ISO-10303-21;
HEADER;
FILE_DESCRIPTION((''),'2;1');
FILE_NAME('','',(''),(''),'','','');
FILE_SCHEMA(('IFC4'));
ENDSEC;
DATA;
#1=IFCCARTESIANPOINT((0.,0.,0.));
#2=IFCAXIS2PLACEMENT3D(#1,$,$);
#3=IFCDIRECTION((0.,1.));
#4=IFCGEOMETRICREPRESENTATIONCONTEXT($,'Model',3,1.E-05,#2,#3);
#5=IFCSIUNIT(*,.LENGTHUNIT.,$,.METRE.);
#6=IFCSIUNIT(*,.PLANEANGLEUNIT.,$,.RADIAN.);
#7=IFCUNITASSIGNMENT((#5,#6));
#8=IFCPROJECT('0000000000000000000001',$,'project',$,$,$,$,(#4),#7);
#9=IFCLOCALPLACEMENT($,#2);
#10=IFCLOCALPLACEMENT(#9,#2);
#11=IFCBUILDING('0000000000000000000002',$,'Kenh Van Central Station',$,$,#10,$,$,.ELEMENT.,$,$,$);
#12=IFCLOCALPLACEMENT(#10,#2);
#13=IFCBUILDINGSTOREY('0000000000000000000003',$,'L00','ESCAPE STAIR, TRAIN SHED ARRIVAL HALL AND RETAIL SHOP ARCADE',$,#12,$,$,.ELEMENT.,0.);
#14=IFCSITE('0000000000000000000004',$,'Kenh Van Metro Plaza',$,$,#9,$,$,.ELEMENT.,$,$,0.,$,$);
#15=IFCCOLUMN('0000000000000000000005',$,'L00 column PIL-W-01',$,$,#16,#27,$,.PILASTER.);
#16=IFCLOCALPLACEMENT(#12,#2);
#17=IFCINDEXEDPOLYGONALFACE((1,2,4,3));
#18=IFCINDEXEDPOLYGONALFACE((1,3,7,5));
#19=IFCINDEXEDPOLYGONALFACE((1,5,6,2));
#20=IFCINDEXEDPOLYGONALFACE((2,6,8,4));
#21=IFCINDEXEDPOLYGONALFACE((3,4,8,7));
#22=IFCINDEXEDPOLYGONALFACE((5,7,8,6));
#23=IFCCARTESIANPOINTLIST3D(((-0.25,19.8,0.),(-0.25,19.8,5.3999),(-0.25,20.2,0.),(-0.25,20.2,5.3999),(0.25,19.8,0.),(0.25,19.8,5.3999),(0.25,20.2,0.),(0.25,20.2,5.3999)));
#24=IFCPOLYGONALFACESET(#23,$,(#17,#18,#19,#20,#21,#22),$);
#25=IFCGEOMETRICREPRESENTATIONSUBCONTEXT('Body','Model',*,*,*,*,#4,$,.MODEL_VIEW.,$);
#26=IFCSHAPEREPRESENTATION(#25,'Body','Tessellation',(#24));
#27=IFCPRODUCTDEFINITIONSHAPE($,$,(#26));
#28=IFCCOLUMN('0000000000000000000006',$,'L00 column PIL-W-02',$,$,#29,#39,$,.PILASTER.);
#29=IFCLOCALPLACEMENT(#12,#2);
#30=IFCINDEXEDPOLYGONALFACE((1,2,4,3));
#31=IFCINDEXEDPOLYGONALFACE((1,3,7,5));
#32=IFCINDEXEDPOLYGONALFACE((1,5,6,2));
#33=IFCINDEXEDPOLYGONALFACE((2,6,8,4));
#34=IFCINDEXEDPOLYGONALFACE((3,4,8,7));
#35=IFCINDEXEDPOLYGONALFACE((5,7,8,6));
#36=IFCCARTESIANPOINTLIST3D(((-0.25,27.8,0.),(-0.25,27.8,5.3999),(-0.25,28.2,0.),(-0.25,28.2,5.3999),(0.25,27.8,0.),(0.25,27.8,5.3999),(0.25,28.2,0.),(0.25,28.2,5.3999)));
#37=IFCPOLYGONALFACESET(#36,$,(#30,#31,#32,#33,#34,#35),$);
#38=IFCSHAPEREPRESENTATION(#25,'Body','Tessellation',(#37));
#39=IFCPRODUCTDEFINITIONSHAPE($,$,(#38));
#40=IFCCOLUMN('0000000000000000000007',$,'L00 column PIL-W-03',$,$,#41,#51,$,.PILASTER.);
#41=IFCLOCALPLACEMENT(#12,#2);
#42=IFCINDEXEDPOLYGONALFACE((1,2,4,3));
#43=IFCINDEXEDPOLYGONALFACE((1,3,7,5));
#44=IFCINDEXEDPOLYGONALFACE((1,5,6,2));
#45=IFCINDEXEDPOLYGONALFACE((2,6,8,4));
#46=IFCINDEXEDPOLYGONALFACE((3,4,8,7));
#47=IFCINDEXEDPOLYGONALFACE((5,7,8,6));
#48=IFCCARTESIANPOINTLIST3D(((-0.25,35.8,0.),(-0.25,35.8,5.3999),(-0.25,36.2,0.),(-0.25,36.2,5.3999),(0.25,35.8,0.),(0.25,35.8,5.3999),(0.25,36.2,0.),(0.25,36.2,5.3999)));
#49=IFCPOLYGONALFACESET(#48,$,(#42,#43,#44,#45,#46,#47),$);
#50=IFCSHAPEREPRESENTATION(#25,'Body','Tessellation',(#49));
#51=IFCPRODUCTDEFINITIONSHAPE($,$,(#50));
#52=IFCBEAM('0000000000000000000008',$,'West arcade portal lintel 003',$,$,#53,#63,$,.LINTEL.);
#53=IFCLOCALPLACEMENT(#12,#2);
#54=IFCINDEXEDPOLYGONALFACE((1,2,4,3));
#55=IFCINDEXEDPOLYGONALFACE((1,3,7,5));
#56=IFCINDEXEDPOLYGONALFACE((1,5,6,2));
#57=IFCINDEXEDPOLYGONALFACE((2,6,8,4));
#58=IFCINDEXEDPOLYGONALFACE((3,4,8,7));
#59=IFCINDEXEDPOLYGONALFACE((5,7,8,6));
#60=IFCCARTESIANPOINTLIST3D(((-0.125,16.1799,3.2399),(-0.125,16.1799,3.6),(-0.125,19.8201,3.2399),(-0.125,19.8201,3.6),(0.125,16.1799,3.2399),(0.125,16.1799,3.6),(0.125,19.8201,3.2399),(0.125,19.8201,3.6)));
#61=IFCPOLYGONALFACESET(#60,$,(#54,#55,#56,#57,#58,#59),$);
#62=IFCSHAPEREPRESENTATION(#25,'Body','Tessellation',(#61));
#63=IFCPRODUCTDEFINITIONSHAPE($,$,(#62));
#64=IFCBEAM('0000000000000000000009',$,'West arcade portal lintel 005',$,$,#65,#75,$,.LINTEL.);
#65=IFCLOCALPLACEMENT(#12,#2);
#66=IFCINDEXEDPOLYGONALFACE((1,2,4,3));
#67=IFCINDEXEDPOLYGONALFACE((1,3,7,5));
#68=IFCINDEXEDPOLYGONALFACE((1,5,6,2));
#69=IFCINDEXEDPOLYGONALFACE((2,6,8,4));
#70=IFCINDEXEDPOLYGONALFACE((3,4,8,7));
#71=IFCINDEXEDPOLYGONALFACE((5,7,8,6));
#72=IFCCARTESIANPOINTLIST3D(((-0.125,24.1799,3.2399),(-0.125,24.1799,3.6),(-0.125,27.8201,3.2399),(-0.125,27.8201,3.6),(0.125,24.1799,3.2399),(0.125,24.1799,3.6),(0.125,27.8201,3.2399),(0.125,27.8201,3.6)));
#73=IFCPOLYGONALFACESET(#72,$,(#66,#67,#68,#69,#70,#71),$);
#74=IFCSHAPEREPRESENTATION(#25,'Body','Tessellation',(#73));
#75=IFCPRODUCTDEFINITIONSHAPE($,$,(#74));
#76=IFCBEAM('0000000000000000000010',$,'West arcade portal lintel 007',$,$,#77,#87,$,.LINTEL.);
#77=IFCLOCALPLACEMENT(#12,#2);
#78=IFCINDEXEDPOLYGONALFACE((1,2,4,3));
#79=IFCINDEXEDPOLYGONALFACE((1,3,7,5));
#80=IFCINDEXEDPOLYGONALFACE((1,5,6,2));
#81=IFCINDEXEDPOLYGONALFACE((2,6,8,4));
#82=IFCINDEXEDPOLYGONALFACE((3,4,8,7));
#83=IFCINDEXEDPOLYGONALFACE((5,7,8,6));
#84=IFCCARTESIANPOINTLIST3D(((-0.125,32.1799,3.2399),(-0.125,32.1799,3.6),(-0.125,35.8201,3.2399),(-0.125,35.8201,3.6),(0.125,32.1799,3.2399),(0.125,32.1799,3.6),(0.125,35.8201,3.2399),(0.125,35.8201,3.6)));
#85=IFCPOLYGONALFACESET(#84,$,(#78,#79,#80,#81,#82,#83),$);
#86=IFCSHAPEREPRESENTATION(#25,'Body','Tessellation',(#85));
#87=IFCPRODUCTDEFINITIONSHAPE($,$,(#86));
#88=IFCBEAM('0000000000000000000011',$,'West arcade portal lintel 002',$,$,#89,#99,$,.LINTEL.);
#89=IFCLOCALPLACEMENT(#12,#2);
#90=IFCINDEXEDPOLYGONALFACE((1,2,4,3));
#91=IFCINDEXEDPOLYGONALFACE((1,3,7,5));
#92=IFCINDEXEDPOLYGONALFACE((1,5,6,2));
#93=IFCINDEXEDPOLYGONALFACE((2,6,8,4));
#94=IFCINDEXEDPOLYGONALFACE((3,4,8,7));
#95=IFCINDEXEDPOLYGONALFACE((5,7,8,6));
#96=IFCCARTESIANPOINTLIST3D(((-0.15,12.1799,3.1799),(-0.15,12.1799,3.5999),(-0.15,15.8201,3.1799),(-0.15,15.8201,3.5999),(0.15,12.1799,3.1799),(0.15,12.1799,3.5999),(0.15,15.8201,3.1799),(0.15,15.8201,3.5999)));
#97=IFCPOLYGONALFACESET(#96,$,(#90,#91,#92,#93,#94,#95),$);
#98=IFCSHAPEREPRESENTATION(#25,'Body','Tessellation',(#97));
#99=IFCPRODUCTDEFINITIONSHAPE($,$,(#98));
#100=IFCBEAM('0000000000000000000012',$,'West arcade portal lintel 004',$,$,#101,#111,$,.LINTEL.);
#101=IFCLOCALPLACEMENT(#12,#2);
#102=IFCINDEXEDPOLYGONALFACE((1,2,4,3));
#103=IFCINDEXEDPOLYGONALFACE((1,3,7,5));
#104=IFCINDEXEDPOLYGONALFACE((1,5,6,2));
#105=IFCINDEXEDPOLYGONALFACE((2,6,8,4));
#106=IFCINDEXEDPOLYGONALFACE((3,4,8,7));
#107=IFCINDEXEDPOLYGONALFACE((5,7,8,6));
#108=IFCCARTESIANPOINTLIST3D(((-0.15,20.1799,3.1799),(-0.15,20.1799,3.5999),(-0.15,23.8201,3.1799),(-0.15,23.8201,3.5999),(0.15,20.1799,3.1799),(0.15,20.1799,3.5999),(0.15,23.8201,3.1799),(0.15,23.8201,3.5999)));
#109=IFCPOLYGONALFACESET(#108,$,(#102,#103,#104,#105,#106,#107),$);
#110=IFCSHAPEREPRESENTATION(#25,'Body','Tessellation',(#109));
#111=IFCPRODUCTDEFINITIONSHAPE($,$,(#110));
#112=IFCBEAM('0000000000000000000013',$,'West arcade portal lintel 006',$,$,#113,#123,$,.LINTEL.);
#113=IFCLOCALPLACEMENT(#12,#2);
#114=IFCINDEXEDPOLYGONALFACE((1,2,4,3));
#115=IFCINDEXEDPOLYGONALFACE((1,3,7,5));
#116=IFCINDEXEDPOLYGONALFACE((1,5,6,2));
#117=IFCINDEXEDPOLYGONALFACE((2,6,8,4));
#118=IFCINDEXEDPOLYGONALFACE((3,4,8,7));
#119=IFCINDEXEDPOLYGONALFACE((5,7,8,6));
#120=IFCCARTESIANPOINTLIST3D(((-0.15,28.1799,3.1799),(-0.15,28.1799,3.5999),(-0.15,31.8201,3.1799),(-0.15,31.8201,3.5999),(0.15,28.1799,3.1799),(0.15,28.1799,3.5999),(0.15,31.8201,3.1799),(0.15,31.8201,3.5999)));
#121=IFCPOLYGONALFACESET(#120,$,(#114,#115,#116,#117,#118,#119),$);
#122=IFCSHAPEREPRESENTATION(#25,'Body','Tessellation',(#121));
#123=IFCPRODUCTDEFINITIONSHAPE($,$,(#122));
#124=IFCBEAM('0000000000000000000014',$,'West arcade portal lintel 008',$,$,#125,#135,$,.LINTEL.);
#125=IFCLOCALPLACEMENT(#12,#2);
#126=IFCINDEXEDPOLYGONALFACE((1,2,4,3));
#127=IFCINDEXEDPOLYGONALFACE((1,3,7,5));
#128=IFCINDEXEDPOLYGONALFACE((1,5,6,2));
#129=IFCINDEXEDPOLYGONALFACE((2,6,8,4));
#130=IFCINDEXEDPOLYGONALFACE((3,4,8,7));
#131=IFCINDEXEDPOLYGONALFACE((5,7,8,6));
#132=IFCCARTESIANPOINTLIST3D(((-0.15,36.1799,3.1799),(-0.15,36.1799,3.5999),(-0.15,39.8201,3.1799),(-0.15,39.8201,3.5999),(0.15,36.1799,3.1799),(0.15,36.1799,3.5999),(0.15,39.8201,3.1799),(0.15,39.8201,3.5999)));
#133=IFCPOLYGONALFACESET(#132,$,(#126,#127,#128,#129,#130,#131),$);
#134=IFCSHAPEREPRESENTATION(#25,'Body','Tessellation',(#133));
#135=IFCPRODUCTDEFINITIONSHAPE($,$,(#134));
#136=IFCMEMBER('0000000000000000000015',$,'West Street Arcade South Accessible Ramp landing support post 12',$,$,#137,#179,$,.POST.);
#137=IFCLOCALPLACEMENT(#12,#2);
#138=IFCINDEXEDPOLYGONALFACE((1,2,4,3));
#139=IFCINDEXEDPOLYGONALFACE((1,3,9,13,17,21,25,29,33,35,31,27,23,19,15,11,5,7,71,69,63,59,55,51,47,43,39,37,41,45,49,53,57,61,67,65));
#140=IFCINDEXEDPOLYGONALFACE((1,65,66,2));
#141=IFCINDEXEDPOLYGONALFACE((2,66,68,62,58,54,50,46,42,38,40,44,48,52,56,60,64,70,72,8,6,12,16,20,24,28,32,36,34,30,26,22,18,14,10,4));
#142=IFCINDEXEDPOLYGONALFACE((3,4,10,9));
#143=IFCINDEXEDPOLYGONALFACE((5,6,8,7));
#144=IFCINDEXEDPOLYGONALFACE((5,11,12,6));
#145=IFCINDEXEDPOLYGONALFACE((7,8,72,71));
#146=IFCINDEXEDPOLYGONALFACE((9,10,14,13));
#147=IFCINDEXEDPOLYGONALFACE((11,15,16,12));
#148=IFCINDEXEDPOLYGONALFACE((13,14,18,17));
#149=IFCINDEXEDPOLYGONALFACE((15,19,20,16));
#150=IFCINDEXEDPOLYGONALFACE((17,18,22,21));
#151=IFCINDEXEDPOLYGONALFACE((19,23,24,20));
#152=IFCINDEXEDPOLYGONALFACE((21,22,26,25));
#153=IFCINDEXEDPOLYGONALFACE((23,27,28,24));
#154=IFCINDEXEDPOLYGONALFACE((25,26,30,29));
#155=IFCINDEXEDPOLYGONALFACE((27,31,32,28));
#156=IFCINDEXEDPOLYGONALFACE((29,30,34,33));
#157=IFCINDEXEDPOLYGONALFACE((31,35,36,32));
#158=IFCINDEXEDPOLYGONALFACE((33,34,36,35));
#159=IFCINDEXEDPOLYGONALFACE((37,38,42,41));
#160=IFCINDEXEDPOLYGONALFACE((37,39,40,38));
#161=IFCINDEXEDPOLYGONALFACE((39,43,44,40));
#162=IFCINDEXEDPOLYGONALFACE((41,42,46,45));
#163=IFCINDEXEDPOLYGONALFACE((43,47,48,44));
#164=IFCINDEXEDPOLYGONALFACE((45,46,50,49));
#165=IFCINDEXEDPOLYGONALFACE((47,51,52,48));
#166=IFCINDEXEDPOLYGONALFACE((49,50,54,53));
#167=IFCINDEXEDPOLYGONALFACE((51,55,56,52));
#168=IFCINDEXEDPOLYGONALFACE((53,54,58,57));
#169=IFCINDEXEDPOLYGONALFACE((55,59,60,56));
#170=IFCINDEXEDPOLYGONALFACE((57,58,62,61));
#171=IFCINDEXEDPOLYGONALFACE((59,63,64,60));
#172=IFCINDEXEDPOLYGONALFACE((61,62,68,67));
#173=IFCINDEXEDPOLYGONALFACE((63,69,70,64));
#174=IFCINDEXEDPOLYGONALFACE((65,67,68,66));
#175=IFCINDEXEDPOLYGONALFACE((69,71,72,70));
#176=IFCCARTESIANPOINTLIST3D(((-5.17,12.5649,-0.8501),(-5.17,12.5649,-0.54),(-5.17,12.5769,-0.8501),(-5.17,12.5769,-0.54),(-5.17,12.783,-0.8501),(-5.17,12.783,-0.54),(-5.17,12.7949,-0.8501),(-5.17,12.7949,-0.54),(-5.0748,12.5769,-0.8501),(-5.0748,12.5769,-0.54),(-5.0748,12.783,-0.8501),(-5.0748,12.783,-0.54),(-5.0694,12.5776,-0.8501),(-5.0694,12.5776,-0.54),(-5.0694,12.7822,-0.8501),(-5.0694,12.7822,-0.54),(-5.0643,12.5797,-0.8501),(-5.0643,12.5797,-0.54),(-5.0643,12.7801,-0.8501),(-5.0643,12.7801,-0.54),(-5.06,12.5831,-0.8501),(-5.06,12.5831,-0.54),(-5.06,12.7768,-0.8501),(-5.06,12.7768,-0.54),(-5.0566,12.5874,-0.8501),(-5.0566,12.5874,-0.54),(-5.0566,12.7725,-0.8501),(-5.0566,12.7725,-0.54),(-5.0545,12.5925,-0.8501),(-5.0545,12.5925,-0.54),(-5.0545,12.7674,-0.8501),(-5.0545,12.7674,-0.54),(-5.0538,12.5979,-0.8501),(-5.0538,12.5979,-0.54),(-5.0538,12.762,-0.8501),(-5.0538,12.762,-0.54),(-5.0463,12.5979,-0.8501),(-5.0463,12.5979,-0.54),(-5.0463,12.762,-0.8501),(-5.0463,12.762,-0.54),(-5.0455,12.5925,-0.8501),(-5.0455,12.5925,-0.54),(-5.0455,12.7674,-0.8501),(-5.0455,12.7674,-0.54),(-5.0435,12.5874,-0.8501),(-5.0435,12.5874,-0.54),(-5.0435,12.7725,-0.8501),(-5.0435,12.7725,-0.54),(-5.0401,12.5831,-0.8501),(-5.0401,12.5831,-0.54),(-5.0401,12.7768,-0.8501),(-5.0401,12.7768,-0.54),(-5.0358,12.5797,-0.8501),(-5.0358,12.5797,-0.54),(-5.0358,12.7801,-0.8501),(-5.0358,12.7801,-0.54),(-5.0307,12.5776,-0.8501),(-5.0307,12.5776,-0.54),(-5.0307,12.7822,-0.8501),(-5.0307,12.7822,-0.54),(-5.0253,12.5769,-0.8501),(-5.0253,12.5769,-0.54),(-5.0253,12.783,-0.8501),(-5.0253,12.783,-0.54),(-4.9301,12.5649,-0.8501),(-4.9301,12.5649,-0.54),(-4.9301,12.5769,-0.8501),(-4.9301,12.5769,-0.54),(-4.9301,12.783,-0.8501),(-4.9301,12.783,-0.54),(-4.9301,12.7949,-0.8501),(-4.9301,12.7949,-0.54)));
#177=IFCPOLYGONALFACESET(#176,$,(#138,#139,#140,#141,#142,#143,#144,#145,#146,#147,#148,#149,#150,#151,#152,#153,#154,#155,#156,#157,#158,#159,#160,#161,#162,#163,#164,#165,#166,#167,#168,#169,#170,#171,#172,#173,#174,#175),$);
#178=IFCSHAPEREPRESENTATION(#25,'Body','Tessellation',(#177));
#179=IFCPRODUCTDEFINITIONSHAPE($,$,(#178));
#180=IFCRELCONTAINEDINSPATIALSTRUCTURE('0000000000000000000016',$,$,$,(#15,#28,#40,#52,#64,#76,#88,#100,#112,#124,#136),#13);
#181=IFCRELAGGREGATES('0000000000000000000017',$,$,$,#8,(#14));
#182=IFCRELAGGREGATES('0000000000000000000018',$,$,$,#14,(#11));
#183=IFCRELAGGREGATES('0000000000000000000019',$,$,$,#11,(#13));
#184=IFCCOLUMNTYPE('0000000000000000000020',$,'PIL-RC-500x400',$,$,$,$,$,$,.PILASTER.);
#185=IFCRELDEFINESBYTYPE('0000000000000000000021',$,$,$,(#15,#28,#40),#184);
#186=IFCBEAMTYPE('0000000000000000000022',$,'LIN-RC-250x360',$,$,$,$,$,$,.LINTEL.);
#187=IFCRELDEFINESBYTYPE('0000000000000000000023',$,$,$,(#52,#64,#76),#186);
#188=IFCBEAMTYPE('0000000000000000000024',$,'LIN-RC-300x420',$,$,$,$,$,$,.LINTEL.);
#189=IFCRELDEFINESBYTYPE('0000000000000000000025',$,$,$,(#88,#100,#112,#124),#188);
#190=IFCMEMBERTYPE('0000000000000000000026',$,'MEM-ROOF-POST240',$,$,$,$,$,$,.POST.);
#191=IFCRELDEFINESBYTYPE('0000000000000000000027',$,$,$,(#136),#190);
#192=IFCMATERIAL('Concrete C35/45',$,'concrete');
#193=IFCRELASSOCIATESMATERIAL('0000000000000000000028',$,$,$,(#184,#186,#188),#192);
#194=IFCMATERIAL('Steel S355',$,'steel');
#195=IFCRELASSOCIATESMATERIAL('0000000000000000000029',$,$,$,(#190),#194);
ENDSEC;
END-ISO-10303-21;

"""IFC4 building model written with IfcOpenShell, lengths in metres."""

from ifc_helpers import new_model, si_unit, direction, frame, origin, origin_2d, place, context, subcontext, project, spatial, rectangle, i_section, extrude, material, material_profile, profile_set, type_object, element, save


model = new_model("IFC4")

# Units and contexts
model_context = context("Model", 3, precision=1e-05, world=origin(), true_north=direction((0.0, 1.0)))
body_context = subcontext(model_context, "Body", "Model", "MODEL_VIEW")
ifc_project = project(units=[si_unit("LENGTHUNIT", "METRE"), si_unit("PLANEANGLEUNIT", "RADIAN")], contexts=[model_context])

# Site, building, storey
site_placement = place(None, origin())
site = spatial("IfcSite", under=ifc_project, at=site_placement, Name="Kenh Van Metro Plaza", CompositionType="ELEMENT", RefElevation=0.0)
building_placement = place(site_placement, origin())
building = spatial("IfcBuilding", under=site, at=building_placement, Name="Kenh Van Central Station", CompositionType="ELEMENT")
storey_placement = place(building_placement, origin())
storey = spatial("IfcBuildingStorey", under=building, at=storey_placement, Name="L00", Description="ESCAPE STAIR, TRAIN SHED ARRIVAL HALL AND RETAIL SHOP ARCADE", CompositionType="ELEMENT", Elevation=0.0)

# Columns
ifc_material_1 = material(Name="Concrete C35/45", Category="concrete")
ifc_material_profile_1 = material_profile(ifc_material_1, rectangle(XDim=0.5, YDim=0.3999, at=origin_2d()), Name="RC 500x400")
ifc_profile_set_1 = profile_set([ifc_material_profile_1], Name="Concrete C35/45")
column_type_1 = type_object("IfcColumnType", Name="PIL-RC-500x400", PredefinedType="PILASTER", material=ifc_profile_set_1)
for number, where, z_axis, x_axis, name in (
    (1, (0.0, 20.0, 0.0), (0.0, 0.0, 1.0), (1.0, 0.0, 0.0), "L00 column PIL-W-01"),
    (2, (0.0, 28.0, 0.0), (0.0, 0.0, 1.0), (1.0, 0.0, 0.0), "L00 column PIL-W-02"),
    (3, (0.0, 36.0, 0.0), (0.0, 0.0, 1.0), (1.0, 0.0, 0.0), "L00 column PIL-W-03"),
):
    element("IfcColumn", number, at=place(storey_placement, frame(where, z_axis=z_axis, x_axis=x_axis)), inside=storey, type_object=column_type_1, Name=name, PredefinedType="PILASTER", context=body_context, shape_type="SweptSolid", body=[
        extrude(rectangle(XDim=0.5, YDim=0.3999, at=origin_2d()), origin(), (0.0, 0.0, 1.0), 5.3999),
    ])

# Beams
ifc_material_profile_2 = material_profile(ifc_material_1, rectangle(XDim=0.25, YDim=0.3601, at=origin_2d()), Name="RC 250x360")
ifc_profile_set_2 = profile_set([ifc_material_profile_2], Name="Concrete C35/45")
beam_type_1 = type_object("IfcBeamType", Name="LIN-RC-250x360", PredefinedType="LINTEL", material=ifc_profile_set_2)
for number, where, z_axis, x_axis, name in (
    (4, (0.0, 16.1799, 3.4199), (0.0, 1.0, 0.0), (-1.0, 0.0, 0.0), "West arcade portal lintel 003"),
    (5, (0.0, 24.1799, 3.4199), (0.0, 1.0, 0.0), (-1.0, 0.0, 0.0), "West arcade portal lintel 005"),
    (6, (0.0, 32.1799, 3.4199), (0.0, 1.0, 0.0), (-1.0, 0.0, 0.0), "West arcade portal lintel 007"),
):
    element("IfcBeam", number, at=place(storey_placement, frame(where, z_axis=z_axis, x_axis=x_axis)), inside=storey, type_object=beam_type_1, Name=name, PredefinedType="LINTEL", context=body_context, shape_type="SweptSolid", body=[
        extrude(rectangle(XDim=0.25, YDim=0.3601, at=origin_2d()), origin(), (0.0, 0.0, 1.0), 3.6401),
    ])
ifc_material_profile_3 = material_profile(ifc_material_1, rectangle(XDim=0.3, YDim=0.4199, at=origin_2d()), Name="RC 300x420")
ifc_profile_set_3 = profile_set([ifc_material_profile_3], Name="Concrete C35/45")
beam_type_2 = type_object("IfcBeamType", Name="LIN-RC-300x420", PredefinedType="LINTEL", material=ifc_profile_set_3)
for number, where, z_axis, x_axis, name in (
    (7, (0.0, 12.1799, 3.3899), (0.0, 1.0, 0.0), (-1.0, 0.0, 0.0), "West arcade portal lintel 002"),
    (8, (0.0, 20.1799, 3.3899), (0.0, 1.0, 0.0), (-1.0, 0.0, 0.0), "West arcade portal lintel 004"),
    (9, (0.0, 28.1799, 3.3899), (0.0, 1.0, 0.0), (-1.0, 0.0, 0.0), "West arcade portal lintel 006"),
    (10, (0.0, 36.1799, 3.3899), (0.0, 1.0, 0.0), (-1.0, 0.0, 0.0), "West arcade portal lintel 008"),
):
    element("IfcBeam", number, at=place(storey_placement, frame(where, z_axis=z_axis, x_axis=x_axis)), inside=storey, type_object=beam_type_2, Name=name, PredefinedType="LINTEL", context=body_context, shape_type="SweptSolid", body=[
        extrude(rectangle(XDim=0.3, YDim=0.4199, at=origin_2d()), origin(), (0.0, 0.0, 1.0), 3.6401),
    ])

# Member
ifc_material_2 = material(Name="Steel S355", Category="steel")
ifc_material_profile_4 = material_profile(ifc_material_2, i_section(OverallWidth=0.24, OverallDepth=0.23, WebThickness=0.0076, FlangeThickness=0.012, FilletRadius=0.021, at=origin_2d()), Name="HEA 240")
ifc_profile_set_4 = profile_set([ifc_material_profile_4], Name="Steel S355")
member_type = type_object("IfcMemberType", Name="MEM-ROOF-POST240", PredefinedType="POST", material=ifc_profile_set_4)
for number, where, z_axis, x_axis, name in (
    (11, (-5.05, 12.6799, -0.8501), (0.0, 0.0, 1.0), (1.0, 0.0, 0.0), "West Street Arcade South Accessible Ramp landing support post 12"),
):
    element("IfcMember", number, at=place(storey_placement, frame(where, z_axis=z_axis, x_axis=x_axis)), inside=storey, type_object=member_type, Name=name, PredefinedType="POST", context=body_context, shape_type="SweptSolid", body=[
        extrude(i_section(OverallWidth=0.24, OverallDepth=0.23, WebThickness=0.0076, FlangeThickness=0.012, FilletRadius=0.021, at=origin_2d()), origin(), (0.0, 0.0, 1.0), 0.3101),
    ])

save(model, "model.ifc")
